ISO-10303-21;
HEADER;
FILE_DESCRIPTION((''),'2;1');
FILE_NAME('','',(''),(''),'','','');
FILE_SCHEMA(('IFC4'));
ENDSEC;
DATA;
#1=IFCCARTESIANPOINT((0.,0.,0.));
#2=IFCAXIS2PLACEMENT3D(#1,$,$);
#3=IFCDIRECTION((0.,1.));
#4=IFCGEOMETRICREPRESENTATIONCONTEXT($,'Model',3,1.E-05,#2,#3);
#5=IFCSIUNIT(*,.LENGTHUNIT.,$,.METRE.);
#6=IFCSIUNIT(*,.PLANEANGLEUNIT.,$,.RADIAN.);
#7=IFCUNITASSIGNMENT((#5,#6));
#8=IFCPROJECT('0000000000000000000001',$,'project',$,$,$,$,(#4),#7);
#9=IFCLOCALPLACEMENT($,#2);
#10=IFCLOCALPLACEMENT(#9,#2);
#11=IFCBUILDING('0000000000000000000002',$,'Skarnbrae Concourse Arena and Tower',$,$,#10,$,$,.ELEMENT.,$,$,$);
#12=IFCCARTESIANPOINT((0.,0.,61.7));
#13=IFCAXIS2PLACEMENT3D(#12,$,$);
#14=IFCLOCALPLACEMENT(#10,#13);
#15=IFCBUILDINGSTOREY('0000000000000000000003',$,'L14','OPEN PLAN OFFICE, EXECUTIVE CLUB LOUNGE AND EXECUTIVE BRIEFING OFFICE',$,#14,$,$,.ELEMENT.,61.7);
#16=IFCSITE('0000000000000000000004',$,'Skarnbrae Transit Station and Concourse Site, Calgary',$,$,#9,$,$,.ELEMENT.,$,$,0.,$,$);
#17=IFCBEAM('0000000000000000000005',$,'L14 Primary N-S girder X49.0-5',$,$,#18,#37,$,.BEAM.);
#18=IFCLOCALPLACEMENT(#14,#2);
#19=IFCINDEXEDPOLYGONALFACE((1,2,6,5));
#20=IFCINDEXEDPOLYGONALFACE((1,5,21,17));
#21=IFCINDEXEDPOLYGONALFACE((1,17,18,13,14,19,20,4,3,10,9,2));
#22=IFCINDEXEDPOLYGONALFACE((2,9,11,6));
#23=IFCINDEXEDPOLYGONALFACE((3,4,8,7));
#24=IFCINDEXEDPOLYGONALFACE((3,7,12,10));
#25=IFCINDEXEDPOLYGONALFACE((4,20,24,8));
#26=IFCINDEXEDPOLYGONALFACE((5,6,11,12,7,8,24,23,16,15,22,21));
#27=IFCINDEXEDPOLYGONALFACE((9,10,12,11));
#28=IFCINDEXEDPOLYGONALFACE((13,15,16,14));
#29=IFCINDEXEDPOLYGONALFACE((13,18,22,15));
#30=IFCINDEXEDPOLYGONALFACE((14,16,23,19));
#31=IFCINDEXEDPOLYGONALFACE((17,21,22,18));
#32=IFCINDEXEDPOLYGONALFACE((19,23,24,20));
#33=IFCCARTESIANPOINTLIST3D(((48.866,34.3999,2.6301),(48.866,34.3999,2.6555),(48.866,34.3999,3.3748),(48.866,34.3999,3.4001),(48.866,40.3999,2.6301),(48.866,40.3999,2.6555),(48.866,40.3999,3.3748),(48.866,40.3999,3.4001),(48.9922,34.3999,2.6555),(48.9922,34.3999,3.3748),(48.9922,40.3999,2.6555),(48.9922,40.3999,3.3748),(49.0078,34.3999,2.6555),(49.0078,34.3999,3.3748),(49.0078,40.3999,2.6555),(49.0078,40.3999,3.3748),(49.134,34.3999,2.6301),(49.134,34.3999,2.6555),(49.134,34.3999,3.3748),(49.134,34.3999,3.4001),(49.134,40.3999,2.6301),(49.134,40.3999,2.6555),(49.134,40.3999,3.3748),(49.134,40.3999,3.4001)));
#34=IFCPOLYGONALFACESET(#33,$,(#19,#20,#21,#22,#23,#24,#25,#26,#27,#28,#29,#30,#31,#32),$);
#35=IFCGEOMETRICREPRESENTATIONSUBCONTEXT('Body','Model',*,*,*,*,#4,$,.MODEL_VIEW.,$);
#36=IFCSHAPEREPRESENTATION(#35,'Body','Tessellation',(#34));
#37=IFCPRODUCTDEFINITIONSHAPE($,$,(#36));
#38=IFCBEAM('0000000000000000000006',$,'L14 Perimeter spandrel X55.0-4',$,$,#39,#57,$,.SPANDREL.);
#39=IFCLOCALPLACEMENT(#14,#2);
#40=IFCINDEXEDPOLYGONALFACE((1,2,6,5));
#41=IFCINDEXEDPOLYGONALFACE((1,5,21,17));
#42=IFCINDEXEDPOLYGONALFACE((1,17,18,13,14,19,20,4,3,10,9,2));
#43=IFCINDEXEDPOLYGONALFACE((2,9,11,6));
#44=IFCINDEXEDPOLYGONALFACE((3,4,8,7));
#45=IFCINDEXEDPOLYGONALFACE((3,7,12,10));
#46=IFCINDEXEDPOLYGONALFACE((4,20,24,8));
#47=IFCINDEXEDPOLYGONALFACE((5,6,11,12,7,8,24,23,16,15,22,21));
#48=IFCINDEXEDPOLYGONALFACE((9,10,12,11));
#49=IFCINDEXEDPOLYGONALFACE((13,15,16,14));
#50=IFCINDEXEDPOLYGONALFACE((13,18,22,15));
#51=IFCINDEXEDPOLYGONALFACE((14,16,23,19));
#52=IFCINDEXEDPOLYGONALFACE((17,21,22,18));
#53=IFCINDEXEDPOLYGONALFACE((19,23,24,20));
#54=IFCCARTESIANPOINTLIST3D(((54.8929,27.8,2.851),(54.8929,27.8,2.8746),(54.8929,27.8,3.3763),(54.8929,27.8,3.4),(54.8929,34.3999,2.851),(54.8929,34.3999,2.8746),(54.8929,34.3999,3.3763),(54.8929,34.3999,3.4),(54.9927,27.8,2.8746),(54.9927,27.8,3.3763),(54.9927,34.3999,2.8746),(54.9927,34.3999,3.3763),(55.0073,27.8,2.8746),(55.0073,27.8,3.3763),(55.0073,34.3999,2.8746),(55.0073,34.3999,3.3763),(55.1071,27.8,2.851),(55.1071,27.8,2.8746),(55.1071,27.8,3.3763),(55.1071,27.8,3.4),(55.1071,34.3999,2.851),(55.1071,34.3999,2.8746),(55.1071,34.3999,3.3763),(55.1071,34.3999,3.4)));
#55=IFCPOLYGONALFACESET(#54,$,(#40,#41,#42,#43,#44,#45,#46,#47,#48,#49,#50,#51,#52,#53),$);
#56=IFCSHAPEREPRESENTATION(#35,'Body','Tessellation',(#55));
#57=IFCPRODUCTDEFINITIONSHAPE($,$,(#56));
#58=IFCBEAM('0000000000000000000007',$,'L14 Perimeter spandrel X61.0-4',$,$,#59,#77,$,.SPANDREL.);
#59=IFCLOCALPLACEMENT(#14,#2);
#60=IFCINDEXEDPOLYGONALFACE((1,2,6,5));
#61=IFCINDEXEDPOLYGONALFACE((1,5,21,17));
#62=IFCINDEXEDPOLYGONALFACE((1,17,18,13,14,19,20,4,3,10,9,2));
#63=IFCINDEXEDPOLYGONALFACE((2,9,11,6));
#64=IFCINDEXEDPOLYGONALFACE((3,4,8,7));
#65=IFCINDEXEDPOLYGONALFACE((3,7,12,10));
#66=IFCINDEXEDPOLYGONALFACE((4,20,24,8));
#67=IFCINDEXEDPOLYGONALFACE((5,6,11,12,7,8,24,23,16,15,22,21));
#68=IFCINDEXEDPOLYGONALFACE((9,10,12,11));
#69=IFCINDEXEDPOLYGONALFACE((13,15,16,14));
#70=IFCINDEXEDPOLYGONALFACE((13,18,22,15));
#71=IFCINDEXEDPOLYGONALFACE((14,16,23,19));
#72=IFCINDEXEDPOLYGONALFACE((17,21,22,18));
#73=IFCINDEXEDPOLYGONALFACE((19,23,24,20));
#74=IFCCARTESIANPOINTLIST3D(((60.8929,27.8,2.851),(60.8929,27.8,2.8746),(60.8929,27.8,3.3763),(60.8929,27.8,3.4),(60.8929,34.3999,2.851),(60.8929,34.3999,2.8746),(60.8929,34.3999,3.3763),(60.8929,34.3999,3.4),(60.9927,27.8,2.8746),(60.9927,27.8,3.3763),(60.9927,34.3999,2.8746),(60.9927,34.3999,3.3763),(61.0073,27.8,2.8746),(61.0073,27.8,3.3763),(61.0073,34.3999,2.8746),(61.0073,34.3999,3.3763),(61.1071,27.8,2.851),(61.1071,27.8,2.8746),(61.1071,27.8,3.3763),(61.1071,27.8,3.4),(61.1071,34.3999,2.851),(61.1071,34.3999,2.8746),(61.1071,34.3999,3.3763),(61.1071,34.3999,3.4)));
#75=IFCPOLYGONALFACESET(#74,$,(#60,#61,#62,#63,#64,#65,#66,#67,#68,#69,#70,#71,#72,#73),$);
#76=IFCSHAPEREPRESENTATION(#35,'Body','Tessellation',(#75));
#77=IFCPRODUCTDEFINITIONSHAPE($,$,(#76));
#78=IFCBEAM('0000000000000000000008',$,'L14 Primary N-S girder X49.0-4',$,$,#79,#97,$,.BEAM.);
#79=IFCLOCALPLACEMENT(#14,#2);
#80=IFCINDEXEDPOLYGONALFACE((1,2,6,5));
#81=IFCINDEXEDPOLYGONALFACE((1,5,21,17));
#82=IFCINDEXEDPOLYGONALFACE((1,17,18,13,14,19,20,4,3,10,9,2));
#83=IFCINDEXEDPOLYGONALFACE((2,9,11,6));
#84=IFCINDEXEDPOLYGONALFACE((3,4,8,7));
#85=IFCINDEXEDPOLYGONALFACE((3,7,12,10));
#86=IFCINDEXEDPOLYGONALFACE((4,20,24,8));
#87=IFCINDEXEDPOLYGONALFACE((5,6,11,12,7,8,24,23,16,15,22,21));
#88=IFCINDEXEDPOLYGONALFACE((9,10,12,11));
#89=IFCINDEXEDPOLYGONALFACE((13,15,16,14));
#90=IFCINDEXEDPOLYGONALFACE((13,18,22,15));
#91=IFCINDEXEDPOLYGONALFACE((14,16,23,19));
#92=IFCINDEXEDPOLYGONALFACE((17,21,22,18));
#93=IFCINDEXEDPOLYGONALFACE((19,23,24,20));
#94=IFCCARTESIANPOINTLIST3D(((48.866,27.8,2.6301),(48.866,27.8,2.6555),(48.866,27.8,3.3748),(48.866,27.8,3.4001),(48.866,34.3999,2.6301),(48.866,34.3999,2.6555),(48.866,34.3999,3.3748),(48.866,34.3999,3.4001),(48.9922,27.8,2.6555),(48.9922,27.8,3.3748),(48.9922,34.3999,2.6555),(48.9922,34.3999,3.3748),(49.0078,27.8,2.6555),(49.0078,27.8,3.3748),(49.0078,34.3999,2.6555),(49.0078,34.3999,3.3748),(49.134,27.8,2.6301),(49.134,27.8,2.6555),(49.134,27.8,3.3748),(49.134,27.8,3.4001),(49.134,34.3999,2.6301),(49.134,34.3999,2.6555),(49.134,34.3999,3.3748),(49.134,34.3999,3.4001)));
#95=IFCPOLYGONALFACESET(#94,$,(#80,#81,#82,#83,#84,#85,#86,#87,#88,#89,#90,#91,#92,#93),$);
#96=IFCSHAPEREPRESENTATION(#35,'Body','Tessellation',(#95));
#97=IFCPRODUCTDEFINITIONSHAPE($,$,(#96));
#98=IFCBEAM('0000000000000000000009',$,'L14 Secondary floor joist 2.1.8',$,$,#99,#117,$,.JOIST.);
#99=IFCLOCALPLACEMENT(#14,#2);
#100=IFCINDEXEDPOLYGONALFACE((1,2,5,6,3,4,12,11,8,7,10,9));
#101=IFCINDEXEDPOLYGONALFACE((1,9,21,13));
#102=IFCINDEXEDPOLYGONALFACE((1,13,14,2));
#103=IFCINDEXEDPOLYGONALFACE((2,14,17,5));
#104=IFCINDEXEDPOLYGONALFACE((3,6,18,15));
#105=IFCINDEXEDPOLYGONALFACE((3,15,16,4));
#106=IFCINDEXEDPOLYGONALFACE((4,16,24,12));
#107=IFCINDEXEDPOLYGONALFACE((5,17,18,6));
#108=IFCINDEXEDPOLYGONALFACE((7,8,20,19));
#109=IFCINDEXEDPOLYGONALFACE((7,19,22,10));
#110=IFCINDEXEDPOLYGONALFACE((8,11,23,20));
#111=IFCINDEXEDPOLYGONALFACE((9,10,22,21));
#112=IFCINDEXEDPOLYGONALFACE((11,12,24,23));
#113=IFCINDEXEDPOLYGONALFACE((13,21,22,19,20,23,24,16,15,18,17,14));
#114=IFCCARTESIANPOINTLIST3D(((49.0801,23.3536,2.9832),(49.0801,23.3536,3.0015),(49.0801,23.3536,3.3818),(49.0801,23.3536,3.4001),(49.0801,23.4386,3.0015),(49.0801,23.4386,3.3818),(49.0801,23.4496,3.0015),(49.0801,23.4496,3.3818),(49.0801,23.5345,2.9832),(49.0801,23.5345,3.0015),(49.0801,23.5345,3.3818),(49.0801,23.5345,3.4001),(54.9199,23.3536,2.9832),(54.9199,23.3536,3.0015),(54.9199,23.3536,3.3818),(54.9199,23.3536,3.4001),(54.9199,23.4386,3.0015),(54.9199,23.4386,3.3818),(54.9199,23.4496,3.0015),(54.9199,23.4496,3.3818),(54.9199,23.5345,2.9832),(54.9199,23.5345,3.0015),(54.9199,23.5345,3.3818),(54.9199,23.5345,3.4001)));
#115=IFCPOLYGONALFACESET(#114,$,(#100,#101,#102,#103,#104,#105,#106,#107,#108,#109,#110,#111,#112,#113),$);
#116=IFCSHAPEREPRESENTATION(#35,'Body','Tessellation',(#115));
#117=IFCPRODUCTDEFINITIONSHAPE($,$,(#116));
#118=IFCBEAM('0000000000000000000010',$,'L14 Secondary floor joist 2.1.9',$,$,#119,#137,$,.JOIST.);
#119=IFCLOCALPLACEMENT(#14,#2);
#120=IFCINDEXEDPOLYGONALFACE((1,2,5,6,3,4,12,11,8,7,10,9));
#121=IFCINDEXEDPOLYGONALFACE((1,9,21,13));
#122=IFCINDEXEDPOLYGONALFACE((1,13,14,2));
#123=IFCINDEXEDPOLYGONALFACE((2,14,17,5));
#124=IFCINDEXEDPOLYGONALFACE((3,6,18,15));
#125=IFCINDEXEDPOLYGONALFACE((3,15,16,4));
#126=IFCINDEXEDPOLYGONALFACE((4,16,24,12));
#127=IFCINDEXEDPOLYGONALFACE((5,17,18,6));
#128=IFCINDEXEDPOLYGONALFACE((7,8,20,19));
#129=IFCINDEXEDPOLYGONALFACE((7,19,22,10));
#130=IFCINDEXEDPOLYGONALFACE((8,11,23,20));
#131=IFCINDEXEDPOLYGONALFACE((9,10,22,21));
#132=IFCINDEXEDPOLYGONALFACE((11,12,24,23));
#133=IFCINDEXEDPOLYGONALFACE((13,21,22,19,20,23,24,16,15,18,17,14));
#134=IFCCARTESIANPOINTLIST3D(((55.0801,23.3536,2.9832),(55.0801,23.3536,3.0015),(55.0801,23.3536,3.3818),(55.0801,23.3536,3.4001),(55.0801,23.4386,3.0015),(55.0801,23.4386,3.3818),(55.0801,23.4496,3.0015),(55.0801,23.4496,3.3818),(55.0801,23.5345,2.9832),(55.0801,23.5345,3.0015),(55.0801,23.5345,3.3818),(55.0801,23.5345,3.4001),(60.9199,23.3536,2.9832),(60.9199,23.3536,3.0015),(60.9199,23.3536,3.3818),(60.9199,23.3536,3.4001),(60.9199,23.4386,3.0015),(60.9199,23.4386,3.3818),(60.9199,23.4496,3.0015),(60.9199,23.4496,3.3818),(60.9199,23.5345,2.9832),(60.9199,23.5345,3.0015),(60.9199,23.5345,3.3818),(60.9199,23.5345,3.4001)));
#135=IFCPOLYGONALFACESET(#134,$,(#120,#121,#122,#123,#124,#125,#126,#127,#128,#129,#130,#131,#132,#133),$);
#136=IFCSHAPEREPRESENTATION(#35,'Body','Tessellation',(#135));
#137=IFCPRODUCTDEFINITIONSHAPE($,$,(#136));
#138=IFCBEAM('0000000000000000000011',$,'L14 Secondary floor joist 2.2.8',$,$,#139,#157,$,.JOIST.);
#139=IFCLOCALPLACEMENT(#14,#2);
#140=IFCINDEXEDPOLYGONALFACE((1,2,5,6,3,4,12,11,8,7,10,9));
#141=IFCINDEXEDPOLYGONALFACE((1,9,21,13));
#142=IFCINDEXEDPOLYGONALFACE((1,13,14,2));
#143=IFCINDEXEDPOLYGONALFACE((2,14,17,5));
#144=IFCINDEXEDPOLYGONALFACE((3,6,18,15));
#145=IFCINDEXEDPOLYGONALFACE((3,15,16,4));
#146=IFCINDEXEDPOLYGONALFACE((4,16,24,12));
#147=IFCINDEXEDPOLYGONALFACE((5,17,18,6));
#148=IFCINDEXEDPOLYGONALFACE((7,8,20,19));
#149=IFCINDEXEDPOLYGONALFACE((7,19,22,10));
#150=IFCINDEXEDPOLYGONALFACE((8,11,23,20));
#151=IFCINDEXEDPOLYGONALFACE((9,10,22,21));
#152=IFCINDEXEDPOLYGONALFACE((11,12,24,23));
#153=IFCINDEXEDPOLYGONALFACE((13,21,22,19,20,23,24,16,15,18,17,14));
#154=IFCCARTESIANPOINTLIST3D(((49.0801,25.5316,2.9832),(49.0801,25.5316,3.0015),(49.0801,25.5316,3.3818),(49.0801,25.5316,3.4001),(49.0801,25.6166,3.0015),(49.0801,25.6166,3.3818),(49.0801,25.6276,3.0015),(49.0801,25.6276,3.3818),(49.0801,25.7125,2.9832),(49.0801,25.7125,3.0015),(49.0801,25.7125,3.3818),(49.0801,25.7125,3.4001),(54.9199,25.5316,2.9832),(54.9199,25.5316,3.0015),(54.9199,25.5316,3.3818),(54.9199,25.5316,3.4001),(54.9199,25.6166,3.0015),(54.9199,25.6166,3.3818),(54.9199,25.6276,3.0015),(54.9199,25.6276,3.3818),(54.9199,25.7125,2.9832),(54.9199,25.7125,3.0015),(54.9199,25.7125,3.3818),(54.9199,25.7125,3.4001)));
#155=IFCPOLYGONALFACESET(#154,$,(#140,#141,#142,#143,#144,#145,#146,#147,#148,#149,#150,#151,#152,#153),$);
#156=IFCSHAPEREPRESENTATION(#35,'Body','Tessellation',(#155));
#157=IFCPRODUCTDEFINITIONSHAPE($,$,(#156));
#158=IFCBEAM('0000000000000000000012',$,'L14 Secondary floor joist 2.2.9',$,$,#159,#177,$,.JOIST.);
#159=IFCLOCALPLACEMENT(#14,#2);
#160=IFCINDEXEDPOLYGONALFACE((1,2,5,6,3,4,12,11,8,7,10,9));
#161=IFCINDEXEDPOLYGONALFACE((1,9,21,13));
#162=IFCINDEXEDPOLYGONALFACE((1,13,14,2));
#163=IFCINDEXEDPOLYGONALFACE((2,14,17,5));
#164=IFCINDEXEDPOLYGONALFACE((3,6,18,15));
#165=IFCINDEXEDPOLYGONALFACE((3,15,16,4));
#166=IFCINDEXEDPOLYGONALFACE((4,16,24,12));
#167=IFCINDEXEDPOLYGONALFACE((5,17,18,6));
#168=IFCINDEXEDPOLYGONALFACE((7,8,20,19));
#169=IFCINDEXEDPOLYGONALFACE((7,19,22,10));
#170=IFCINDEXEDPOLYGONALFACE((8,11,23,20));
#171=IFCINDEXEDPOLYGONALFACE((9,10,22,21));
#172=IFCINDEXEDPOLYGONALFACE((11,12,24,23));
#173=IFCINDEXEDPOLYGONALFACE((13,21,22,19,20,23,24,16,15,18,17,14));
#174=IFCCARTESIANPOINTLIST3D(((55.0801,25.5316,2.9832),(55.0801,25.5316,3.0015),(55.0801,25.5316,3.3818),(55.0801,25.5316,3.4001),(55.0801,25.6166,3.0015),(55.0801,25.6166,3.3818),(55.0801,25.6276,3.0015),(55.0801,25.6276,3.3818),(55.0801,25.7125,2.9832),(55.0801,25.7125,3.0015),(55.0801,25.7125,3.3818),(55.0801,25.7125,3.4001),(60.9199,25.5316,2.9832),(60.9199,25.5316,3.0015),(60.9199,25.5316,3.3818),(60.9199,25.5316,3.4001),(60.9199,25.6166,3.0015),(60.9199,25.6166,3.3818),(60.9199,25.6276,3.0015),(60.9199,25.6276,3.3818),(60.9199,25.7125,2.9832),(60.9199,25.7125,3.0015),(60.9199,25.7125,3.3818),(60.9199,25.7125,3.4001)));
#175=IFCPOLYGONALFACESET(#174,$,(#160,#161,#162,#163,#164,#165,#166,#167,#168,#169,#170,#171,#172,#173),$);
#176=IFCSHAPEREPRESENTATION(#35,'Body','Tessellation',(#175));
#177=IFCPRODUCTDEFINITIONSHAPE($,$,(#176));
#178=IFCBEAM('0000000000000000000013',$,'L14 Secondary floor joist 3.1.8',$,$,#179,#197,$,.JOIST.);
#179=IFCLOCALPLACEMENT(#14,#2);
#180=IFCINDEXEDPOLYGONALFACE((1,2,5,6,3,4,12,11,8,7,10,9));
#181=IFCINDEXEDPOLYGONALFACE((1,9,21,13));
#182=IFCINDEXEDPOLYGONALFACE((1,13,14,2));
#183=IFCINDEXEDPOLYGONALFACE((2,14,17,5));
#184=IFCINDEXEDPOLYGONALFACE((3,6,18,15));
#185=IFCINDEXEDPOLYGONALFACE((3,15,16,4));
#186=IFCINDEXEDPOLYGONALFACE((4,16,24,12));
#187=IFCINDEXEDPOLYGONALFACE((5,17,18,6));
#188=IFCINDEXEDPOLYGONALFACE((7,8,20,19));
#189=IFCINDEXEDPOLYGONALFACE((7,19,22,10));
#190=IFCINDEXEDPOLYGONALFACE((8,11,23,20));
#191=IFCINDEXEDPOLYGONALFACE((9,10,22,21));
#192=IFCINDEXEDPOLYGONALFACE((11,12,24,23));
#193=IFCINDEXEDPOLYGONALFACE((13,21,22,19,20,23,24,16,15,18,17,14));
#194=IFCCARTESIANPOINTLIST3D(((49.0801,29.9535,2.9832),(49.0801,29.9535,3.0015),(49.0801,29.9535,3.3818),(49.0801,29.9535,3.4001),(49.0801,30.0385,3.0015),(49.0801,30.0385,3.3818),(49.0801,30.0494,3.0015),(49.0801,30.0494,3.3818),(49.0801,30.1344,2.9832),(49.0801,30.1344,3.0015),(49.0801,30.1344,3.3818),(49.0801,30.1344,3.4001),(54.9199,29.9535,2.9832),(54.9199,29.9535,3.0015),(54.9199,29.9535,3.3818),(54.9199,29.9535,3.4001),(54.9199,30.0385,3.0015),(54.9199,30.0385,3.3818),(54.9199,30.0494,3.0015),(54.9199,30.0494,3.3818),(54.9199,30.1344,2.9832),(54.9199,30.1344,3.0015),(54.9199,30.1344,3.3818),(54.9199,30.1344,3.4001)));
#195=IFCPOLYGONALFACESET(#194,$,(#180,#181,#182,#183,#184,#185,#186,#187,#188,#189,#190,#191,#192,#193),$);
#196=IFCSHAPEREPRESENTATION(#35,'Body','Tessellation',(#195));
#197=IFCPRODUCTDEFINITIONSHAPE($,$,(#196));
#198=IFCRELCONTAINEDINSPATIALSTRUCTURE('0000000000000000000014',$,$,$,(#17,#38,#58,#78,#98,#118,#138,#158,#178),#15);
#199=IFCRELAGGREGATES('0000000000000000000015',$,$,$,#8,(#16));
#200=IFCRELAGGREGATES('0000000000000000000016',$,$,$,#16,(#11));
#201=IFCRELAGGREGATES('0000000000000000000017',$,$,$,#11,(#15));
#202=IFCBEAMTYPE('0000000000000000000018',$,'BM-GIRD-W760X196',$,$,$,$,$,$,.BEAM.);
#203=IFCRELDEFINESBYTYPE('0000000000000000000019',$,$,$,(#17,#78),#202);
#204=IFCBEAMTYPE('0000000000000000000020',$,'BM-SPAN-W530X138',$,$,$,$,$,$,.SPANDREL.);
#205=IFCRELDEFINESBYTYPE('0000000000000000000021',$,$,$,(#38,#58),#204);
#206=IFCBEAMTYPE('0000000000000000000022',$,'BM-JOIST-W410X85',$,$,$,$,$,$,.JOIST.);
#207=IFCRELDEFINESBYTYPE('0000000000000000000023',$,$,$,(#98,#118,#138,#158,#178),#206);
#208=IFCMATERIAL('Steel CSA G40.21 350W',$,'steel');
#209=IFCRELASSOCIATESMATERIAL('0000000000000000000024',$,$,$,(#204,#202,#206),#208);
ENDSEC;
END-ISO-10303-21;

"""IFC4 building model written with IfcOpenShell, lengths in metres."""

from ifc_helpers import new_model, si_unit, direction, frame, origin, origin_2d, place, context, subcontext, project, spatial, i_section, extrude, source, transform, mapped, material, material_profile, profile_set, type_object, element, save


model = new_model("IFC4")

# Units and contexts
model_context = context("Model", 3, precision=1e-05, world=origin(), true_north=direction((0.0, 1.0)))
body_context = subcontext(model_context, "Body", "Model", "MODEL_VIEW")
ifc_project = project(units=[si_unit("LENGTHUNIT", "METRE"), si_unit("PLANEANGLEUNIT", "RADIAN")], contexts=[model_context])

# Site, building, storey
site_placement = place(None, origin())
site = spatial("IfcSite", under=ifc_project, at=site_placement, Name="Skarnbrae Transit Station and Concourse Site, Calgary", CompositionType="ELEMENT", RefElevation=0.0)
building_placement = place(site_placement, origin())
building = spatial("IfcBuilding", under=site, at=building_placement, Name="Skarnbrae Concourse Arena and Tower", CompositionType="ELEMENT")
storey_placement = place(building_placement, frame((0.0, 0.0, 61.7)))
storey = spatial("IfcBuildingStorey", under=building, at=storey_placement, Name="L14", Description="OPEN PLAN OFFICE, EXECUTIVE CLUB LOUNGE AND EXECUTIVE BRIEFING OFFICE", CompositionType="ELEMENT", Elevation=61.7)

# Shared definitions
ifc_material_1 = material(Name="Steel CSA G40.21 350W", Category="steel")

# Beams
ifc_material_profile_1 = material_profile(ifc_material_1, i_section(OverallWidth=0.2141, OverallDepth=0.5491, WebThickness=0.0146, FlangeThickness=0.0237, at=origin_2d()), Name="W530X138")
ifc_profile_set_1 = profile_set([ifc_material_profile_1], Name="Steel CSA G40.21 350W")
beam_type_1 = type_object("IfcBeamType", Name="BM-SPAN-W530X138", PredefinedType="SPANDREL", material=ifc_profile_set_1)
ifc_material_profile_2 = material_profile(ifc_material_1, i_section(OverallWidth=0.2681, OverallDepth=0.77, WebThickness=0.0156, FlangeThickness=0.0254, at=origin_2d()), Name="W760X196")
ifc_profile_set_2 = profile_set([ifc_material_profile_2], Name="Steel CSA G40.21 350W")
beam_type_2 = type_object("IfcBeamType", Name="BM-GIRD-W760X196", PredefinedType="BEAM", material=ifc_profile_set_2)
shared_shape_1 = source(origin(), body_context, "Body", "SweptSolid", [
    extrude(i_section(OverallWidth=0.2681, OverallDepth=0.77, WebThickness=0.0156, FlangeThickness=0.0254, at=origin_2d()), origin(), (0.0, 0.0, 1.0), 6.0),
])
for number, where, z_axis, x_axis, name in (
    (1, (49.0, 34.3999, 3.0151), (0.0, 1.0, 0.0), (-1.0, 0.0, 0.0), "L14 Primary N-S girder X49.0-5"),
):
    element("IfcBeam", number, at=place(storey_placement, frame(where, z_axis=z_axis, x_axis=x_axis)), inside=storey, type_object=beam_type_2, Name=name, PredefinedType="BEAM", context=body_context, shape_type="MappedRepresentation", body=[
        mapped(shared_shape_1, transform((0.0, 0.0, 0.0))),
    ])
shared_shape_2 = source(origin(), body_context, "Body", "SweptSolid", [
    extrude(i_section(OverallWidth=0.2141, OverallDepth=0.5491, WebThickness=0.0146, FlangeThickness=0.0237, at=origin_2d()), origin(), (0.0, 0.0, 1.0), 6.5999),
])
for number, where, z_axis, x_axis, name in (
    (2, (55.0, 27.8, 3.1255), (0.0, 1.0, 0.0), (-1.0, 0.0, 0.0), "L14 Perimeter spandrel X55.0-4"),
    (3, (61.0, 27.8, 3.1255), (0.0, 1.0, 0.0), (-1.0, 0.0, 0.0), "L14 Perimeter spandrel X61.0-4"),
):
    element("IfcBeam", number, at=place(storey_placement, frame(where, z_axis=z_axis, x_axis=x_axis)), inside=storey, type_object=beam_type_1, Name=name, PredefinedType="SPANDREL", context=body_context, shape_type="MappedRepresentation", body=[
        mapped(shared_shape_2, transform((0.0, 0.0, 0.0))),
    ])
shared_shape_3 = source(origin(), body_context, "Body", "SweptSolid", [
    extrude(i_section(OverallWidth=0.2681, OverallDepth=0.77, WebThickness=0.0156, FlangeThickness=0.0254, at=origin_2d()), origin(), (0.0, 0.0, 1.0), 6.5999),
])
beam_placement = place(storey_placement, frame((49.0, 27.8, 3.0151), z_axis=(0.0, 1.0, 0.0), x_axis=(-1.0, 0.0, 0.0)))
element("IfcBeam", 4, at=beam_placement, inside=storey, type_object=beam_type_2, Name="L14 Primary N-S girder X49.0-4", PredefinedType="BEAM", context=body_context, shape_type="MappedRepresentation", body=[
    mapped(shared_shape_3, transform((0.0, 0.0, 0.0))),
])
ifc_material_profile_3 = material_profile(ifc_material_1, i_section(OverallWidth=0.1809, OverallDepth=0.417, WebThickness=0.011, FlangeThickness=0.0183, at=origin_2d()), Name="W410X85")
ifc_profile_set_3 = profile_set([ifc_material_profile_3], Name="Steel CSA G40.21 350W")
beam_type_3 = type_object("IfcBeamType", Name="BM-JOIST-W410X85", PredefinedType="JOIST", material=ifc_profile_set_3)
shared_shape_4 = source(origin(), body_context, "Body", "SweptSolid", [
    extrude(i_section(OverallWidth=0.1809, OverallDepth=0.417, WebThickness=0.011, FlangeThickness=0.0183, at=origin_2d()), origin(), (0.0, 0.0, 1.0), 5.8398),
])
for number, where, z_axis, x_axis, name in (
    (5, (49.0801, 23.4441, 3.1917), (1.0, 0.0, 0.0), (0.0, 1.0, 0.0), "L14 Secondary floor joist 2.1.8"),
    (6, (55.0801, 23.4441, 3.1917), (1.0, 0.0, 0.0), (0.0, 1.0, 0.0), "L14 Secondary floor joist 2.1.9"),
    (7, (49.0801, 25.6221, 3.1917), (1.0, 0.0, 0.0), (0.0, 1.0, 0.0), "L14 Secondary floor joist 2.2.8"),
    (8, (55.0801, 25.6221, 3.1917), (1.0, 0.0, 0.0), (0.0, 1.0, 0.0), "L14 Secondary floor joist 2.2.9"),
    (9, (49.0801, 30.0439, 3.1917), (1.0, 0.0, 0.0), (0.0, 1.0, 0.0), "L14 Secondary floor joist 3.1.8"),
):
    element("IfcBeam", number, at=place(storey_placement, frame(where, z_axis=z_axis, x_axis=x_axis)), inside=storey, type_object=beam_type_3, Name=name, PredefinedType="JOIST", context=body_context, shape_type="MappedRepresentation", body=[
        mapped(shared_shape_4, transform((0.0, 0.0, 0.0))),
    ])

save(model, "model.ifc")
